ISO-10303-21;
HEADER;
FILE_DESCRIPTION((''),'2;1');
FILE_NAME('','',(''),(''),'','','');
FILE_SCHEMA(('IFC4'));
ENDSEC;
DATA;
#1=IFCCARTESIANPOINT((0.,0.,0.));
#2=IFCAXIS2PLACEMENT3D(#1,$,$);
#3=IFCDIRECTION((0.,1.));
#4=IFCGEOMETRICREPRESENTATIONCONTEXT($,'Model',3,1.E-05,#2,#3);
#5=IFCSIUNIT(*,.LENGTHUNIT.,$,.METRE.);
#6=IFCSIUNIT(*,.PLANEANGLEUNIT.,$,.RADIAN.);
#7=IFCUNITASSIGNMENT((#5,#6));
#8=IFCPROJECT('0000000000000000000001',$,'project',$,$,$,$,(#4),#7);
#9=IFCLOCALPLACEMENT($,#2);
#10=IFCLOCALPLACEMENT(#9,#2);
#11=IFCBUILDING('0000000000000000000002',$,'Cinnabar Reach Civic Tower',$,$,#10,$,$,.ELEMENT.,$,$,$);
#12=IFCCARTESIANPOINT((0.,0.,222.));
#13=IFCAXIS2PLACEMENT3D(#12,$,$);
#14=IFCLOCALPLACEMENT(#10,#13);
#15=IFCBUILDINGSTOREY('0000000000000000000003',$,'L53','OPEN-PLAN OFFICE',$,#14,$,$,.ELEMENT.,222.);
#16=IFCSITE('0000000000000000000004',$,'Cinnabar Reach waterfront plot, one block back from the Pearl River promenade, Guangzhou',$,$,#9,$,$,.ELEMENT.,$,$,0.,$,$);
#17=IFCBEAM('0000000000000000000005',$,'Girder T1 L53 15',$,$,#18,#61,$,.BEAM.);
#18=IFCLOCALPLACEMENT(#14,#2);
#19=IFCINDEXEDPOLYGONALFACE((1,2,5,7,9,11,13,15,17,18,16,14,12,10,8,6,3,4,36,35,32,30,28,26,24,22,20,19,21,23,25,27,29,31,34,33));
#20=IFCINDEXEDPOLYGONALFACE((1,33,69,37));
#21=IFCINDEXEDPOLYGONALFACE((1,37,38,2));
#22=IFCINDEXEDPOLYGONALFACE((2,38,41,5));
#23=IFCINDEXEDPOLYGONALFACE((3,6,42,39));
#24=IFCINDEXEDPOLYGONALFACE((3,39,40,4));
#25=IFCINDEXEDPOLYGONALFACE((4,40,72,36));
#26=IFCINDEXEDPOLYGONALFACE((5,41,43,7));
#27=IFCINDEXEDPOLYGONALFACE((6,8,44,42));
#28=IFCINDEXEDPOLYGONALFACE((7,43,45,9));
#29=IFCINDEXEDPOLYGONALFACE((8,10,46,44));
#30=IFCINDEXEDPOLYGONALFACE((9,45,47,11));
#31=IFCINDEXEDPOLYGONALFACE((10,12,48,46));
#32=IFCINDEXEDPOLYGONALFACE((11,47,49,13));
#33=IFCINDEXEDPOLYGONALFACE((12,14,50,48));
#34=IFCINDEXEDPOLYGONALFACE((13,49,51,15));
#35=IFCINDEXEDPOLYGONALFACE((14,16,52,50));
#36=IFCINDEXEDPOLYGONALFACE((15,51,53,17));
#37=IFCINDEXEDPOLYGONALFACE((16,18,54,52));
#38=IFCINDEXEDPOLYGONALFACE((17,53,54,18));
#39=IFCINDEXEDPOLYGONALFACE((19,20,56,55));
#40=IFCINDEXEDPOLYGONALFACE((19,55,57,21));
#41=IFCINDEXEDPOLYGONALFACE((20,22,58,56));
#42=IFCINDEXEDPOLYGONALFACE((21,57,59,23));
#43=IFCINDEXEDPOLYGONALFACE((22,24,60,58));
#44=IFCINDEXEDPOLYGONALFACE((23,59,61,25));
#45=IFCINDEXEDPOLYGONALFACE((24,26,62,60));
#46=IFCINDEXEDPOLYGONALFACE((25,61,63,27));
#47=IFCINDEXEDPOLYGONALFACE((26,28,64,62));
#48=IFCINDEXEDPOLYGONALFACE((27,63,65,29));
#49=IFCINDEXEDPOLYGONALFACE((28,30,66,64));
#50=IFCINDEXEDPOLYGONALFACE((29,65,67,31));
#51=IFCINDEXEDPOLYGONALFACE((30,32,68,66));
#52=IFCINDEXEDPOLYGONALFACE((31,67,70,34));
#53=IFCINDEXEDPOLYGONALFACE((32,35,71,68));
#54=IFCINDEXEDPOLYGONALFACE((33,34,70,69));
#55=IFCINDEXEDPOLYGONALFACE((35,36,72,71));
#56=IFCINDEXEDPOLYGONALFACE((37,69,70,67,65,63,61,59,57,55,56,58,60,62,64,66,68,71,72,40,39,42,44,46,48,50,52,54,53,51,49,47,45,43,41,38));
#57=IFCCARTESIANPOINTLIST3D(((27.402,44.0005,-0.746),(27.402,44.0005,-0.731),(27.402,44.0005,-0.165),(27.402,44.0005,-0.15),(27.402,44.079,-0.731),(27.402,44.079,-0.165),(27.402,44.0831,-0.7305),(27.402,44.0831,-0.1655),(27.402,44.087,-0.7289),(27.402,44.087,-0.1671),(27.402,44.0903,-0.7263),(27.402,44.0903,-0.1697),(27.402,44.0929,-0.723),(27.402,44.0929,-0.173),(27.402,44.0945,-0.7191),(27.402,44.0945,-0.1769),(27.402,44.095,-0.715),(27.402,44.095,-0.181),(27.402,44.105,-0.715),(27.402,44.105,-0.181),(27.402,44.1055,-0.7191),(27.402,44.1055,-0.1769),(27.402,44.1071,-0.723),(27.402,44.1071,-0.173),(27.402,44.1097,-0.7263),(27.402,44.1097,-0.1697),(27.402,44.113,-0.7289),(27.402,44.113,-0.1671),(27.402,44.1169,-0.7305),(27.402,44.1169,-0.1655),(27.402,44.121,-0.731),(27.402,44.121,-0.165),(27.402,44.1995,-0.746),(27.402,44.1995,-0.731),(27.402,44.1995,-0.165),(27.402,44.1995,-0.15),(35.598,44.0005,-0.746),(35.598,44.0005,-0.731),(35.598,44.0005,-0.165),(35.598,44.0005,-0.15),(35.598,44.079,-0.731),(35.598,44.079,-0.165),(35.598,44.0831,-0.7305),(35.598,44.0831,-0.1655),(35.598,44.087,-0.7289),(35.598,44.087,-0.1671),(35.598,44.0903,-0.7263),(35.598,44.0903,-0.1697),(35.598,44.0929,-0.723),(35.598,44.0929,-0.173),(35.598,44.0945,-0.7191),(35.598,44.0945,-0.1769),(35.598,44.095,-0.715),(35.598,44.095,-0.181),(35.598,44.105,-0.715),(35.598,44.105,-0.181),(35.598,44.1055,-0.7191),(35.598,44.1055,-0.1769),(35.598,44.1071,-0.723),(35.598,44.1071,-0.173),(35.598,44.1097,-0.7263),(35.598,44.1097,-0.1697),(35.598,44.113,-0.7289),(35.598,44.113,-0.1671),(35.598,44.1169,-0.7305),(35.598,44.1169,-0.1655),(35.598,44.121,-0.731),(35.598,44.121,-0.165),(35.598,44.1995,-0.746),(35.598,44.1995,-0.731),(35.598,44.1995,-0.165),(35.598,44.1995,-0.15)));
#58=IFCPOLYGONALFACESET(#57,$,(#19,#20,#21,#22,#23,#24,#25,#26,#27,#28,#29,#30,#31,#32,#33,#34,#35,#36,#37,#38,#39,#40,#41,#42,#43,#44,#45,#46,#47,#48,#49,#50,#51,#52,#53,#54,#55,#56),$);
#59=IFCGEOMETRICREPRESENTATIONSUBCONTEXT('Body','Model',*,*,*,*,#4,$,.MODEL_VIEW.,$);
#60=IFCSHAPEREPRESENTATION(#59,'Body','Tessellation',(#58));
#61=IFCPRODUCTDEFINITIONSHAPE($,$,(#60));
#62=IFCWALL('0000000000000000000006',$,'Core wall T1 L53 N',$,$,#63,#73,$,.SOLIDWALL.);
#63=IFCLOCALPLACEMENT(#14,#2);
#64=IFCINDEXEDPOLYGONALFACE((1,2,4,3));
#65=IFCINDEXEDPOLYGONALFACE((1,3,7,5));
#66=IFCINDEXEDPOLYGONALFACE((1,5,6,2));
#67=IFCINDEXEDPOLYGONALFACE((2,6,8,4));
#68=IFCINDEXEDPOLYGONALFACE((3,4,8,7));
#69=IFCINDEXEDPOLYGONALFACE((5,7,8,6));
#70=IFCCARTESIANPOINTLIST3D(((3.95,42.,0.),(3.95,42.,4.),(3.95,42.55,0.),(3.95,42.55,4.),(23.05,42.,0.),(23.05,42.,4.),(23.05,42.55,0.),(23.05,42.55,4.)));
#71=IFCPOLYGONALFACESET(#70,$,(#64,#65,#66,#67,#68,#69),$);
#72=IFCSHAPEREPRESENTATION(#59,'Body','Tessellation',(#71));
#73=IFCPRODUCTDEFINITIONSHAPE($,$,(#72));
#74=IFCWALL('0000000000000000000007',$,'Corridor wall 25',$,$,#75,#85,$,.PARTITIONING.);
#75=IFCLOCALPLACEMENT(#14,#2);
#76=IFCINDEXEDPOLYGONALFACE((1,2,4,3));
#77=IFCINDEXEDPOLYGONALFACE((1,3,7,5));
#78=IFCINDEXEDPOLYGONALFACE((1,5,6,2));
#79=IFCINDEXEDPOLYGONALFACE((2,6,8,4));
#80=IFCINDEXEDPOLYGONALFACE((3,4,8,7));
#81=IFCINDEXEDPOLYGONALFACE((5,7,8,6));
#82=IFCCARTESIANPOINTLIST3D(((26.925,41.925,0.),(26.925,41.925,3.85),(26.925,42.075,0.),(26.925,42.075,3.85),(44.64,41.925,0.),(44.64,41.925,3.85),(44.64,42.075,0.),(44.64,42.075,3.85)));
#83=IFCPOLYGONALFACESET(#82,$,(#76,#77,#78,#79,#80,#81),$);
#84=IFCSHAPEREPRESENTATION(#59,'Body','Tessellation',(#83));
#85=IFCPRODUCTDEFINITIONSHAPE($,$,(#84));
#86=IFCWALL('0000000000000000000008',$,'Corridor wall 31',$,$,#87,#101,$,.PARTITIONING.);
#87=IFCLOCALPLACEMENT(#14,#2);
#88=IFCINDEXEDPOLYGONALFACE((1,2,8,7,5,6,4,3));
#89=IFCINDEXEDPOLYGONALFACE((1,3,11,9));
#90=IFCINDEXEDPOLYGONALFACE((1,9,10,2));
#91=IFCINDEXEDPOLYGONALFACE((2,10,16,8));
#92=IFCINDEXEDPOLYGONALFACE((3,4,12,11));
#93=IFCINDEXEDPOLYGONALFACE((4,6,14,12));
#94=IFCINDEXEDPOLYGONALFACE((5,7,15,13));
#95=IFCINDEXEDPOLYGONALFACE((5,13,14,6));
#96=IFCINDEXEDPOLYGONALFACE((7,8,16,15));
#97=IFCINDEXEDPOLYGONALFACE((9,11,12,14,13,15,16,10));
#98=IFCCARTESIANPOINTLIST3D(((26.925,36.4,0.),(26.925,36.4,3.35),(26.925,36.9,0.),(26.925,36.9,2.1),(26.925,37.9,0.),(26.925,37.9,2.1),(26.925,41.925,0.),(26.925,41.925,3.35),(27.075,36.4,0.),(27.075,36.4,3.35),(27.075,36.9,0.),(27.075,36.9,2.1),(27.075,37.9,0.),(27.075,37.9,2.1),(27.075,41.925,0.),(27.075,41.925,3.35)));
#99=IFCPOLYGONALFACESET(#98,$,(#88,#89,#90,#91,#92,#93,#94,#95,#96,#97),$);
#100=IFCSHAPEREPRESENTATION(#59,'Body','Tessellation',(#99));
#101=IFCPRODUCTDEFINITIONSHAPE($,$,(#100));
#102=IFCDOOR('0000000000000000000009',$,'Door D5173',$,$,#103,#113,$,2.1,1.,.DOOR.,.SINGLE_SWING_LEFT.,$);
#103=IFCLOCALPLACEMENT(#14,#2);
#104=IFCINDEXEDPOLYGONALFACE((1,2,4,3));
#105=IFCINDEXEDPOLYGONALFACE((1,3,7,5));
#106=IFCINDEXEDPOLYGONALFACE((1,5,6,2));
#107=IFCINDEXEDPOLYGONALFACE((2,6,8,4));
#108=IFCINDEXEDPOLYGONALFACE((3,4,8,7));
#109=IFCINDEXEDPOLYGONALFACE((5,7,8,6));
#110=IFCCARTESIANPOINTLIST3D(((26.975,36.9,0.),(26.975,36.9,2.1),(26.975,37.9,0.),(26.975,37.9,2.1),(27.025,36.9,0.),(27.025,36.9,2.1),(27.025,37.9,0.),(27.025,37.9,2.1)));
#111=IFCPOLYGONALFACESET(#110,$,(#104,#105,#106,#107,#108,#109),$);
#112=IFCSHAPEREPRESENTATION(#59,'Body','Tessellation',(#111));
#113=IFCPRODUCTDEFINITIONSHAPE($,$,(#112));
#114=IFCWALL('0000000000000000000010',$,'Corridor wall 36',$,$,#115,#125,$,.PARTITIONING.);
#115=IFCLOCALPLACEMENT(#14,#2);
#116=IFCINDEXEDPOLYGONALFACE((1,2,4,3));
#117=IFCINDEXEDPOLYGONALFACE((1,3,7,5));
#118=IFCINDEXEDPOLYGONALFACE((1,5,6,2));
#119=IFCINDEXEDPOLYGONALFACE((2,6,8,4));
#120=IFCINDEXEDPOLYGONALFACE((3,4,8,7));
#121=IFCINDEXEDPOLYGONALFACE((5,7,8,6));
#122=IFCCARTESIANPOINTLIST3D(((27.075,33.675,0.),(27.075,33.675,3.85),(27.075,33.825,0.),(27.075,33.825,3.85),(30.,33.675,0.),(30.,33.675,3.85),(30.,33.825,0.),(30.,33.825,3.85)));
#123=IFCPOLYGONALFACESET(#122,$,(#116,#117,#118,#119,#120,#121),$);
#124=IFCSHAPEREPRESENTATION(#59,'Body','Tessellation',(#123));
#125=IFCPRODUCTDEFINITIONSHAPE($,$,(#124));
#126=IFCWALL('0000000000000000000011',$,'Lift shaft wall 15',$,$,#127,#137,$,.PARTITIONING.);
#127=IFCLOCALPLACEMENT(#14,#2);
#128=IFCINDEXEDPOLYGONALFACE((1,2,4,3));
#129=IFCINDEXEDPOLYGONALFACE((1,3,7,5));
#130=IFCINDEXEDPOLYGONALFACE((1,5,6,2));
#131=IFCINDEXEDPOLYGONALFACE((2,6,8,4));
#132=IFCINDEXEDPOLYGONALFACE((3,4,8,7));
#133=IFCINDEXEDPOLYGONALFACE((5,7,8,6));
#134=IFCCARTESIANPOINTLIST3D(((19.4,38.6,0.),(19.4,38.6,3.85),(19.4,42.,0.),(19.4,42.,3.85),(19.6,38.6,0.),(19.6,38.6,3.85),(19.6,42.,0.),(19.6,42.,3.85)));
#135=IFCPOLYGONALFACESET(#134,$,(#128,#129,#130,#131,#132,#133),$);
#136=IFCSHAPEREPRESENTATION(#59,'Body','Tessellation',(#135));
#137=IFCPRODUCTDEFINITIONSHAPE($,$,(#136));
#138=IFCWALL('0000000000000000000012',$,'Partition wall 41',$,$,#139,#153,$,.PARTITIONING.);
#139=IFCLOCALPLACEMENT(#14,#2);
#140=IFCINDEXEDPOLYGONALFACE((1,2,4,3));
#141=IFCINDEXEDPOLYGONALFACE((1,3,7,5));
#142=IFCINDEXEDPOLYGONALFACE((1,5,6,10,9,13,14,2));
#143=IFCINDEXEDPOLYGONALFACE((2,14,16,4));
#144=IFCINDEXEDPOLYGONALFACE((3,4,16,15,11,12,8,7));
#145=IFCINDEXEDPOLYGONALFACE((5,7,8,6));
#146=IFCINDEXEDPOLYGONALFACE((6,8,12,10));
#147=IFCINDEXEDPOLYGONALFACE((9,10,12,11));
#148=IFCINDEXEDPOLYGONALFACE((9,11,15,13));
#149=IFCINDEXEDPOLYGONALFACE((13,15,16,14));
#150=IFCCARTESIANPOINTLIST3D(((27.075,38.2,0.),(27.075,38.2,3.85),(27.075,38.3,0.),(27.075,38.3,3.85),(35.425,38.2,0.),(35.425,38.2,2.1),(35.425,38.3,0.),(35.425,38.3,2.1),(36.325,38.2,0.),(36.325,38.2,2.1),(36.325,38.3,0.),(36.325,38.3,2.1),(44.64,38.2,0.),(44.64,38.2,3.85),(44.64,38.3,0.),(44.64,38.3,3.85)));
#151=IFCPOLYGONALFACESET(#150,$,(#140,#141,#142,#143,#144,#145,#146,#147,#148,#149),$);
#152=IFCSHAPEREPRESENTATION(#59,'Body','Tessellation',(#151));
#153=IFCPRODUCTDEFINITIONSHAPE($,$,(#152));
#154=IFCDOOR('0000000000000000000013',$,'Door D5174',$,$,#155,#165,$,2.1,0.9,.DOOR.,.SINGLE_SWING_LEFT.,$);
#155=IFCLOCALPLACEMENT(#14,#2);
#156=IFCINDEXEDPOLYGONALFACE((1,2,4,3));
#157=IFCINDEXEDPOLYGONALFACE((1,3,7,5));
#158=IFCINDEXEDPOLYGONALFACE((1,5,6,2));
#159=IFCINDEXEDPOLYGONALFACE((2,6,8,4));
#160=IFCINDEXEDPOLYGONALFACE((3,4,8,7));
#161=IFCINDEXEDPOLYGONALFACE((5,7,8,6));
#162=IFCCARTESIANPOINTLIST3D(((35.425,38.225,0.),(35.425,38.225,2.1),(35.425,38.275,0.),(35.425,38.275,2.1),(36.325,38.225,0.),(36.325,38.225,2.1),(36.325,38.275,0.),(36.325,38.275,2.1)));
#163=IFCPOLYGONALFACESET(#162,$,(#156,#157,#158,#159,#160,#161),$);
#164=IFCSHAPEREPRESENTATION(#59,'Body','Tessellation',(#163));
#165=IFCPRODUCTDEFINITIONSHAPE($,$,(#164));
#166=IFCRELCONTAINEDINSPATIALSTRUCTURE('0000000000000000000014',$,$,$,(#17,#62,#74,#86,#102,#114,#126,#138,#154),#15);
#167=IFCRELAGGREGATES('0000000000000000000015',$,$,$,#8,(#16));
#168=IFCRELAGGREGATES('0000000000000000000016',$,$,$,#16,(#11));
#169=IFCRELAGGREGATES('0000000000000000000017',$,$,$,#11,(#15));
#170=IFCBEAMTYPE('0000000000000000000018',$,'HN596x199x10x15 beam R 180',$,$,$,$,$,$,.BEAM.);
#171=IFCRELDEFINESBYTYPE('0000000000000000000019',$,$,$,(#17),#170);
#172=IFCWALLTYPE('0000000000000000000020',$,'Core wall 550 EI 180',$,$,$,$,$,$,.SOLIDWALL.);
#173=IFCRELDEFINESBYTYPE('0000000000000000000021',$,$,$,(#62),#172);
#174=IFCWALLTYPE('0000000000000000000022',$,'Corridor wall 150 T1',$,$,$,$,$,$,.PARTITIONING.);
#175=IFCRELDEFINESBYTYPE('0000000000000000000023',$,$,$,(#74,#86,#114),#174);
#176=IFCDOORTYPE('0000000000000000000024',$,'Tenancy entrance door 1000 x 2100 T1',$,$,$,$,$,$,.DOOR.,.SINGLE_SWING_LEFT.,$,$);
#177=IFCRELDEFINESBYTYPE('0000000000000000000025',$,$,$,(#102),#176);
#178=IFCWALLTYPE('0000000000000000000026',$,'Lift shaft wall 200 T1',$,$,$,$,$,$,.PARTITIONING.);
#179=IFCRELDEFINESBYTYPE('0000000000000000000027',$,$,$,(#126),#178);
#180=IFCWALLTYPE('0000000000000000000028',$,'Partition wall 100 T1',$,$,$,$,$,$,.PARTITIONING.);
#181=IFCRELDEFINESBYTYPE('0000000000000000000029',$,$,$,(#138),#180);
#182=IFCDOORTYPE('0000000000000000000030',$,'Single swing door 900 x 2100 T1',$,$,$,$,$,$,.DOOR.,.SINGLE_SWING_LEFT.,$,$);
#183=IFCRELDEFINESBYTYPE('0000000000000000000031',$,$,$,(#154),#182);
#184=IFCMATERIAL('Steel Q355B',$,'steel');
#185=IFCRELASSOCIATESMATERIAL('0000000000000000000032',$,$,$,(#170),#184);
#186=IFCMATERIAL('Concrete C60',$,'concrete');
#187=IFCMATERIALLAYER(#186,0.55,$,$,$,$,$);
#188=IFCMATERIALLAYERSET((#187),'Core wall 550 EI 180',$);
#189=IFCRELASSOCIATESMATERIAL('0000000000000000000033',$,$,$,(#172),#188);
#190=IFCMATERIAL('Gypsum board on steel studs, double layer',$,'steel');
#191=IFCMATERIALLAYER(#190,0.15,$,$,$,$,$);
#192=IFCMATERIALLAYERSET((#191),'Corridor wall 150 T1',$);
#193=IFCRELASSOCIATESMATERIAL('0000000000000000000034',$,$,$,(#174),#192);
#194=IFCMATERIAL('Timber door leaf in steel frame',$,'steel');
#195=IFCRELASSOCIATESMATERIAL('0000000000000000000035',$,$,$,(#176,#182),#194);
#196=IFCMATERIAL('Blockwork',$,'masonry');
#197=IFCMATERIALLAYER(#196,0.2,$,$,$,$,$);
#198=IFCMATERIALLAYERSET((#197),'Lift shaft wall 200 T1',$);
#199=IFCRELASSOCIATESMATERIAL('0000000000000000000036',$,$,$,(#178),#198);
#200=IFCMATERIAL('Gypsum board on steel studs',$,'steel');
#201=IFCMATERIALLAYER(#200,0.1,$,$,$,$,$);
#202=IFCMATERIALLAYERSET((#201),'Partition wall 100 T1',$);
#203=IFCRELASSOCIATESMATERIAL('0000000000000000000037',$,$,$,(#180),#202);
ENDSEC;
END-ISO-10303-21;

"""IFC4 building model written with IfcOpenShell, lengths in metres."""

from ifc_helpers import new_model, si_unit, direction, frame, frame_2d, origin, origin_2d, place, context, subcontext, project, spatial, rectangle, i_section, extrude, material, layer, layer_set, material_profile, profile_set, type_object, element, fill, save


model = new_model("IFC4")

# Units and contexts
model_context = context("Model", 3, precision=1e-05, world=origin(), true_north=direction((0.0, 1.0)))
body_context = subcontext(model_context, "Body", "Model", "MODEL_VIEW")
ifc_project = project(units=[si_unit("LENGTHUNIT", "METRE"), si_unit("PLANEANGLEUNIT", "RADIAN")], contexts=[model_context])

# Site, building, storey
site_placement = place(None, origin())
site = spatial("IfcSite", under=ifc_project, at=site_placement, Name="Cinnabar Reach waterfront plot, one block back from the Pearl River promenade, Guangzhou", CompositionType="ELEMENT", RefElevation=0.0)
building_placement = place(site_placement, origin())
building = spatial("IfcBuilding", under=site, at=building_placement, Name="Cinnabar Reach Civic Tower", CompositionType="ELEMENT")
storey_placement = place(building_placement, frame((0.0, 0.0, 222.0)))
storey = spatial("IfcBuildingStorey", under=building, at=storey_placement, Name="L53", Description="OPEN-PLAN OFFICE", CompositionType="ELEMENT", Elevation=222.0)

# Shared definitions
ifc_material_1 = material(Name="Concrete C60", Category="concrete")

# Beam
ifc_material_2 = material(Name="Steel Q355B", Category="steel")
ifc_material_profile_1 = material_profile(ifc_material_2, i_section(OverallWidth=0.199, OverallDepth=0.596, WebThickness=0.01, FlangeThickness=0.015, FilletRadius=0.016, at=origin_2d()), Name="HN596x199x10x15")
ifc_profile_set_1 = profile_set([ifc_material_profile_1], Name="Steel Q355B")
beam_type_1 = type_object("IfcBeamType", Name="HN596x199x10x15 beam R 180", PredefinedType="BEAM", material=ifc_profile_set_1)
for number, where, z_axis, x_axis, name in (
    (1, (27.402, 44.1, -0.448), (1.0, 0.0, 0.0), (0.0, 1.0, 0.0), "Girder T1 L53 15"),
):
    element("IfcBeam", number, at=place(storey_placement, frame(where, z_axis=z_axis, x_axis=x_axis)), inside=storey, type_object=beam_type_1, Name=name, PredefinedType="BEAM", context=body_context, shape_type="SweptSolid", body=[
        extrude(i_section(OverallWidth=0.199, OverallDepth=0.596, WebThickness=0.01, FlangeThickness=0.015, FilletRadius=0.016, at=origin_2d()), origin(), (0.0, 0.0, 1.0), 8.196),
    ])

# Walls
ifc_layer_1 = layer(ifc_material_1, 0.55)
ifc_layer_set_1 = layer_set([ifc_layer_1], Name="Core wall 550 EI 180")
wall_type_1 = type_object("IfcWallType", Name="Core wall 550 EI 180", PredefinedType="SOLIDWALL", material=ifc_layer_set_1)
wall_1_placement = place(storey_placement, frame((23.05, 42.275, 0.0), z_axis=(0.0, 0.0, 1.0), x_axis=(-1.0, 0.0, 0.0)))
element("IfcWall", 2, at=wall_1_placement, inside=storey, type_object=wall_type_1, Name="Core wall T1 L53 N", PredefinedType="SOLIDWALL", context=body_context, shape_type="SweptSolid", body=[
    extrude(rectangle(XDim=19.1, YDim=0.55, at=frame_2d((9.55, 0.0))), origin(), (0.0, 0.0, 1.0), 4.0),
])
ifc_material_3 = material(Name="Gypsum board on steel studs, double layer", Category="steel")
ifc_layer_2 = layer(ifc_material_3, 0.15)
ifc_layer_set_2 = layer_set([ifc_layer_2], Name="Corridor wall 150 T1")
wall_type_2 = type_object("IfcWallType", Name="Corridor wall 150 T1", PredefinedType="PARTITIONING", material=ifc_layer_set_2)
wall_2_placement = place(storey_placement, frame((26.925, 42.0, 0.0), z_axis=(0.0, 0.0, 1.0), x_axis=(1.0, 0.0, 0.0)))
element("IfcWall", 3, at=wall_2_placement, inside=storey, type_object=wall_type_2, Name="Corridor wall 25", PredefinedType="PARTITIONING", context=body_context, shape_type="SweptSolid", body=[
    extrude(rectangle(XDim=17.715, YDim=0.15, at=frame_2d((8.8575, 0.0))), origin(), (0.0, 0.0, 1.0), 3.85),
])

# Wall, opening, door
wall_3_placement = place(storey_placement, frame((27.0, 36.4, 0.0), z_axis=(0.0, 0.0, 1.0), x_axis=(0.0, 1.0, 0.0)))
wall_3 = element("IfcWall", 4, at=wall_3_placement, inside=storey, type_object=wall_type_2, Name="Corridor wall 31", PredefinedType="PARTITIONING", context=body_context, shape_type="SweptSolid", body=[
    extrude(rectangle(XDim=5.525, YDim=0.15, at=frame_2d((2.7625, 0.0))), origin(), (0.0, 0.0, 1.0), 3.35),
])
opening_1_placement = place(wall_3_placement, frame((0.5, 0.0, 0.0)))
opening_1 = element("IfcOpeningElement", 5, at=opening_1_placement, cuts=wall_3, PredefinedType="OPENING", context=body_context, shape_type="SweptSolid", body=[
    extrude(rectangle(XDim=1.0, YDim=2.1, at=frame_2d((0.5, 1.05))), frame((0.0, 0.085, 0.0), z_axis=(0.0, -1.0, 0.0), x_axis=(1.0, 0.0, 0.0)), (0.0, 0.0, 1.0), 0.17),
])
ifc_material_4 = material(Name="Timber door leaf in steel frame", Category="steel")
door_type_1 = type_object("IfcDoorType", Name="Tenancy entrance door 1000 x 2100 T1", OperationType="SINGLE_SWING_LEFT", PredefinedType="DOOR", material=ifc_material_4)
door_1_placement = place(opening_1_placement, frame((1.0, 0.0, 0.0), z_axis=(0.0, 0.0, 1.0), x_axis=(-1.0, 0.0, 0.0)))
door_1 = element("IfcDoor", 6, at=door_1_placement, inside=storey, type_object=door_type_1, Name="Door D5173", OperationType="SINGLE_SWING_LEFT", OverallHeight=2.1, OverallWidth=1.0, PredefinedType="DOOR", context=body_context, shape_type="SweptSolid", body=[
    extrude(rectangle(XDim=1.0, YDim=2.1, at=frame_2d((0.5, 1.05))), frame((0.0, 0.025, 0.0), z_axis=(0.0, -1.0, 0.0), x_axis=(1.0, 0.0, 0.0)), (0.0, 0.0, 1.0), 0.05),
])
fill(opening_1, door_1)

# Walls
wall_4_placement = place(storey_placement, frame((27.075, 33.75, 0.0), z_axis=(0.0, 0.0, 1.0), x_axis=(1.0, 0.0, 0.0)))
element("IfcWall", 7, at=wall_4_placement, inside=storey, type_object=wall_type_2, Name="Corridor wall 36", PredefinedType="PARTITIONING", context=body_context, shape_type="SweptSolid", body=[
    extrude(rectangle(XDim=2.925, YDim=0.15, at=frame_2d((1.4625, 0.0))), origin(), (0.0, 0.0, 1.0), 3.85),
])
ifc_material_5 = material(Name="Blockwork", Category="masonry")
ifc_layer_3 = layer(ifc_material_5, 0.2)
ifc_layer_set_3 = layer_set([ifc_layer_3], Name="Lift shaft wall 200 T1")
wall_type_3 = type_object("IfcWallType", Name="Lift shaft wall 200 T1", PredefinedType="PARTITIONING", material=ifc_layer_set_3)
wall_5_placement = place(storey_placement, frame((19.5, 38.6, 0.0), z_axis=(0.0, 0.0, 1.0), x_axis=(0.0, 1.0, 0.0)))
element("IfcWall", 8, at=wall_5_placement, inside=storey, type_object=wall_type_3, Name="Lift shaft wall 15", PredefinedType="PARTITIONING", context=body_context, shape_type="SweptSolid", body=[
    extrude(rectangle(XDim=3.4, YDim=0.2, at=frame_2d((1.7, 0.0))), origin(), (0.0, 0.0, 1.0), 3.85),
])

# Wall, opening, door
ifc_material_6 = material(Name="Gypsum board on steel studs", Category="steel")
ifc_layer_4 = layer(ifc_material_6, 0.1)
ifc_layer_set_4 = layer_set([ifc_layer_4], Name="Partition wall 100 T1")
wall_type_4 = type_object("IfcWallType", Name="Partition wall 100 T1", PredefinedType="PARTITIONING", material=ifc_layer_set_4)
wall_6_placement = place(storey_placement, frame((27.075, 38.25, 0.0), z_axis=(0.0, 0.0, 1.0), x_axis=(1.0, 0.0, 0.0)))
wall_6 = element("IfcWall", 9, at=wall_6_placement, inside=storey, type_object=wall_type_4, Name="Partition wall 41", PredefinedType="PARTITIONING", context=body_context, shape_type="SweptSolid", body=[
    extrude(rectangle(XDim=17.565, YDim=0.1, at=frame_2d((8.7825, 0.0))), origin(), (0.0, 0.0, 1.0), 3.85),
])
opening_2_placement = place(wall_6_placement, frame((8.35, 0.0, 0.0)))
opening_2 = element("IfcOpeningElement", 10, at=opening_2_placement, cuts=wall_6, PredefinedType="OPENING", context=body_context, shape_type="SweptSolid", body=[
    extrude(rectangle(XDim=0.9, YDim=2.1, at=frame_2d((0.45, 1.05))), frame((0.0, 0.06, 0.0), z_axis=(0.0, -1.0, 0.0), x_axis=(1.0, 0.0, 0.0)), (0.0, 0.0, 1.0), 0.12),
])
door_type_2 = type_object("IfcDoorType", Name="Single swing door 900 x 2100 T1", OperationType="SINGLE_SWING_LEFT", PredefinedType="DOOR", material=ifc_material_4)
door_2_placement = place(opening_2_placement, origin())
door_2 = element("IfcDoor", 11, at=door_2_placement, inside=storey, type_object=door_type_2, Name="Door D5174", OperationType="SINGLE_SWING_LEFT", OverallHeight=2.1, OverallWidth=0.9, PredefinedType="DOOR", context=body_context, shape_type="SweptSolid", body=[
    extrude(rectangle(XDim=0.9, YDim=2.1, at=frame_2d((0.45, 1.05))), frame((0.0, 0.025, 0.0), z_axis=(0.0, -1.0, 0.0), x_axis=(1.0, 0.0, 0.0)), (0.0, 0.0, 1.0), 0.05),
])
fill(opening_2, door_2)

save(model, "model.ifc")
